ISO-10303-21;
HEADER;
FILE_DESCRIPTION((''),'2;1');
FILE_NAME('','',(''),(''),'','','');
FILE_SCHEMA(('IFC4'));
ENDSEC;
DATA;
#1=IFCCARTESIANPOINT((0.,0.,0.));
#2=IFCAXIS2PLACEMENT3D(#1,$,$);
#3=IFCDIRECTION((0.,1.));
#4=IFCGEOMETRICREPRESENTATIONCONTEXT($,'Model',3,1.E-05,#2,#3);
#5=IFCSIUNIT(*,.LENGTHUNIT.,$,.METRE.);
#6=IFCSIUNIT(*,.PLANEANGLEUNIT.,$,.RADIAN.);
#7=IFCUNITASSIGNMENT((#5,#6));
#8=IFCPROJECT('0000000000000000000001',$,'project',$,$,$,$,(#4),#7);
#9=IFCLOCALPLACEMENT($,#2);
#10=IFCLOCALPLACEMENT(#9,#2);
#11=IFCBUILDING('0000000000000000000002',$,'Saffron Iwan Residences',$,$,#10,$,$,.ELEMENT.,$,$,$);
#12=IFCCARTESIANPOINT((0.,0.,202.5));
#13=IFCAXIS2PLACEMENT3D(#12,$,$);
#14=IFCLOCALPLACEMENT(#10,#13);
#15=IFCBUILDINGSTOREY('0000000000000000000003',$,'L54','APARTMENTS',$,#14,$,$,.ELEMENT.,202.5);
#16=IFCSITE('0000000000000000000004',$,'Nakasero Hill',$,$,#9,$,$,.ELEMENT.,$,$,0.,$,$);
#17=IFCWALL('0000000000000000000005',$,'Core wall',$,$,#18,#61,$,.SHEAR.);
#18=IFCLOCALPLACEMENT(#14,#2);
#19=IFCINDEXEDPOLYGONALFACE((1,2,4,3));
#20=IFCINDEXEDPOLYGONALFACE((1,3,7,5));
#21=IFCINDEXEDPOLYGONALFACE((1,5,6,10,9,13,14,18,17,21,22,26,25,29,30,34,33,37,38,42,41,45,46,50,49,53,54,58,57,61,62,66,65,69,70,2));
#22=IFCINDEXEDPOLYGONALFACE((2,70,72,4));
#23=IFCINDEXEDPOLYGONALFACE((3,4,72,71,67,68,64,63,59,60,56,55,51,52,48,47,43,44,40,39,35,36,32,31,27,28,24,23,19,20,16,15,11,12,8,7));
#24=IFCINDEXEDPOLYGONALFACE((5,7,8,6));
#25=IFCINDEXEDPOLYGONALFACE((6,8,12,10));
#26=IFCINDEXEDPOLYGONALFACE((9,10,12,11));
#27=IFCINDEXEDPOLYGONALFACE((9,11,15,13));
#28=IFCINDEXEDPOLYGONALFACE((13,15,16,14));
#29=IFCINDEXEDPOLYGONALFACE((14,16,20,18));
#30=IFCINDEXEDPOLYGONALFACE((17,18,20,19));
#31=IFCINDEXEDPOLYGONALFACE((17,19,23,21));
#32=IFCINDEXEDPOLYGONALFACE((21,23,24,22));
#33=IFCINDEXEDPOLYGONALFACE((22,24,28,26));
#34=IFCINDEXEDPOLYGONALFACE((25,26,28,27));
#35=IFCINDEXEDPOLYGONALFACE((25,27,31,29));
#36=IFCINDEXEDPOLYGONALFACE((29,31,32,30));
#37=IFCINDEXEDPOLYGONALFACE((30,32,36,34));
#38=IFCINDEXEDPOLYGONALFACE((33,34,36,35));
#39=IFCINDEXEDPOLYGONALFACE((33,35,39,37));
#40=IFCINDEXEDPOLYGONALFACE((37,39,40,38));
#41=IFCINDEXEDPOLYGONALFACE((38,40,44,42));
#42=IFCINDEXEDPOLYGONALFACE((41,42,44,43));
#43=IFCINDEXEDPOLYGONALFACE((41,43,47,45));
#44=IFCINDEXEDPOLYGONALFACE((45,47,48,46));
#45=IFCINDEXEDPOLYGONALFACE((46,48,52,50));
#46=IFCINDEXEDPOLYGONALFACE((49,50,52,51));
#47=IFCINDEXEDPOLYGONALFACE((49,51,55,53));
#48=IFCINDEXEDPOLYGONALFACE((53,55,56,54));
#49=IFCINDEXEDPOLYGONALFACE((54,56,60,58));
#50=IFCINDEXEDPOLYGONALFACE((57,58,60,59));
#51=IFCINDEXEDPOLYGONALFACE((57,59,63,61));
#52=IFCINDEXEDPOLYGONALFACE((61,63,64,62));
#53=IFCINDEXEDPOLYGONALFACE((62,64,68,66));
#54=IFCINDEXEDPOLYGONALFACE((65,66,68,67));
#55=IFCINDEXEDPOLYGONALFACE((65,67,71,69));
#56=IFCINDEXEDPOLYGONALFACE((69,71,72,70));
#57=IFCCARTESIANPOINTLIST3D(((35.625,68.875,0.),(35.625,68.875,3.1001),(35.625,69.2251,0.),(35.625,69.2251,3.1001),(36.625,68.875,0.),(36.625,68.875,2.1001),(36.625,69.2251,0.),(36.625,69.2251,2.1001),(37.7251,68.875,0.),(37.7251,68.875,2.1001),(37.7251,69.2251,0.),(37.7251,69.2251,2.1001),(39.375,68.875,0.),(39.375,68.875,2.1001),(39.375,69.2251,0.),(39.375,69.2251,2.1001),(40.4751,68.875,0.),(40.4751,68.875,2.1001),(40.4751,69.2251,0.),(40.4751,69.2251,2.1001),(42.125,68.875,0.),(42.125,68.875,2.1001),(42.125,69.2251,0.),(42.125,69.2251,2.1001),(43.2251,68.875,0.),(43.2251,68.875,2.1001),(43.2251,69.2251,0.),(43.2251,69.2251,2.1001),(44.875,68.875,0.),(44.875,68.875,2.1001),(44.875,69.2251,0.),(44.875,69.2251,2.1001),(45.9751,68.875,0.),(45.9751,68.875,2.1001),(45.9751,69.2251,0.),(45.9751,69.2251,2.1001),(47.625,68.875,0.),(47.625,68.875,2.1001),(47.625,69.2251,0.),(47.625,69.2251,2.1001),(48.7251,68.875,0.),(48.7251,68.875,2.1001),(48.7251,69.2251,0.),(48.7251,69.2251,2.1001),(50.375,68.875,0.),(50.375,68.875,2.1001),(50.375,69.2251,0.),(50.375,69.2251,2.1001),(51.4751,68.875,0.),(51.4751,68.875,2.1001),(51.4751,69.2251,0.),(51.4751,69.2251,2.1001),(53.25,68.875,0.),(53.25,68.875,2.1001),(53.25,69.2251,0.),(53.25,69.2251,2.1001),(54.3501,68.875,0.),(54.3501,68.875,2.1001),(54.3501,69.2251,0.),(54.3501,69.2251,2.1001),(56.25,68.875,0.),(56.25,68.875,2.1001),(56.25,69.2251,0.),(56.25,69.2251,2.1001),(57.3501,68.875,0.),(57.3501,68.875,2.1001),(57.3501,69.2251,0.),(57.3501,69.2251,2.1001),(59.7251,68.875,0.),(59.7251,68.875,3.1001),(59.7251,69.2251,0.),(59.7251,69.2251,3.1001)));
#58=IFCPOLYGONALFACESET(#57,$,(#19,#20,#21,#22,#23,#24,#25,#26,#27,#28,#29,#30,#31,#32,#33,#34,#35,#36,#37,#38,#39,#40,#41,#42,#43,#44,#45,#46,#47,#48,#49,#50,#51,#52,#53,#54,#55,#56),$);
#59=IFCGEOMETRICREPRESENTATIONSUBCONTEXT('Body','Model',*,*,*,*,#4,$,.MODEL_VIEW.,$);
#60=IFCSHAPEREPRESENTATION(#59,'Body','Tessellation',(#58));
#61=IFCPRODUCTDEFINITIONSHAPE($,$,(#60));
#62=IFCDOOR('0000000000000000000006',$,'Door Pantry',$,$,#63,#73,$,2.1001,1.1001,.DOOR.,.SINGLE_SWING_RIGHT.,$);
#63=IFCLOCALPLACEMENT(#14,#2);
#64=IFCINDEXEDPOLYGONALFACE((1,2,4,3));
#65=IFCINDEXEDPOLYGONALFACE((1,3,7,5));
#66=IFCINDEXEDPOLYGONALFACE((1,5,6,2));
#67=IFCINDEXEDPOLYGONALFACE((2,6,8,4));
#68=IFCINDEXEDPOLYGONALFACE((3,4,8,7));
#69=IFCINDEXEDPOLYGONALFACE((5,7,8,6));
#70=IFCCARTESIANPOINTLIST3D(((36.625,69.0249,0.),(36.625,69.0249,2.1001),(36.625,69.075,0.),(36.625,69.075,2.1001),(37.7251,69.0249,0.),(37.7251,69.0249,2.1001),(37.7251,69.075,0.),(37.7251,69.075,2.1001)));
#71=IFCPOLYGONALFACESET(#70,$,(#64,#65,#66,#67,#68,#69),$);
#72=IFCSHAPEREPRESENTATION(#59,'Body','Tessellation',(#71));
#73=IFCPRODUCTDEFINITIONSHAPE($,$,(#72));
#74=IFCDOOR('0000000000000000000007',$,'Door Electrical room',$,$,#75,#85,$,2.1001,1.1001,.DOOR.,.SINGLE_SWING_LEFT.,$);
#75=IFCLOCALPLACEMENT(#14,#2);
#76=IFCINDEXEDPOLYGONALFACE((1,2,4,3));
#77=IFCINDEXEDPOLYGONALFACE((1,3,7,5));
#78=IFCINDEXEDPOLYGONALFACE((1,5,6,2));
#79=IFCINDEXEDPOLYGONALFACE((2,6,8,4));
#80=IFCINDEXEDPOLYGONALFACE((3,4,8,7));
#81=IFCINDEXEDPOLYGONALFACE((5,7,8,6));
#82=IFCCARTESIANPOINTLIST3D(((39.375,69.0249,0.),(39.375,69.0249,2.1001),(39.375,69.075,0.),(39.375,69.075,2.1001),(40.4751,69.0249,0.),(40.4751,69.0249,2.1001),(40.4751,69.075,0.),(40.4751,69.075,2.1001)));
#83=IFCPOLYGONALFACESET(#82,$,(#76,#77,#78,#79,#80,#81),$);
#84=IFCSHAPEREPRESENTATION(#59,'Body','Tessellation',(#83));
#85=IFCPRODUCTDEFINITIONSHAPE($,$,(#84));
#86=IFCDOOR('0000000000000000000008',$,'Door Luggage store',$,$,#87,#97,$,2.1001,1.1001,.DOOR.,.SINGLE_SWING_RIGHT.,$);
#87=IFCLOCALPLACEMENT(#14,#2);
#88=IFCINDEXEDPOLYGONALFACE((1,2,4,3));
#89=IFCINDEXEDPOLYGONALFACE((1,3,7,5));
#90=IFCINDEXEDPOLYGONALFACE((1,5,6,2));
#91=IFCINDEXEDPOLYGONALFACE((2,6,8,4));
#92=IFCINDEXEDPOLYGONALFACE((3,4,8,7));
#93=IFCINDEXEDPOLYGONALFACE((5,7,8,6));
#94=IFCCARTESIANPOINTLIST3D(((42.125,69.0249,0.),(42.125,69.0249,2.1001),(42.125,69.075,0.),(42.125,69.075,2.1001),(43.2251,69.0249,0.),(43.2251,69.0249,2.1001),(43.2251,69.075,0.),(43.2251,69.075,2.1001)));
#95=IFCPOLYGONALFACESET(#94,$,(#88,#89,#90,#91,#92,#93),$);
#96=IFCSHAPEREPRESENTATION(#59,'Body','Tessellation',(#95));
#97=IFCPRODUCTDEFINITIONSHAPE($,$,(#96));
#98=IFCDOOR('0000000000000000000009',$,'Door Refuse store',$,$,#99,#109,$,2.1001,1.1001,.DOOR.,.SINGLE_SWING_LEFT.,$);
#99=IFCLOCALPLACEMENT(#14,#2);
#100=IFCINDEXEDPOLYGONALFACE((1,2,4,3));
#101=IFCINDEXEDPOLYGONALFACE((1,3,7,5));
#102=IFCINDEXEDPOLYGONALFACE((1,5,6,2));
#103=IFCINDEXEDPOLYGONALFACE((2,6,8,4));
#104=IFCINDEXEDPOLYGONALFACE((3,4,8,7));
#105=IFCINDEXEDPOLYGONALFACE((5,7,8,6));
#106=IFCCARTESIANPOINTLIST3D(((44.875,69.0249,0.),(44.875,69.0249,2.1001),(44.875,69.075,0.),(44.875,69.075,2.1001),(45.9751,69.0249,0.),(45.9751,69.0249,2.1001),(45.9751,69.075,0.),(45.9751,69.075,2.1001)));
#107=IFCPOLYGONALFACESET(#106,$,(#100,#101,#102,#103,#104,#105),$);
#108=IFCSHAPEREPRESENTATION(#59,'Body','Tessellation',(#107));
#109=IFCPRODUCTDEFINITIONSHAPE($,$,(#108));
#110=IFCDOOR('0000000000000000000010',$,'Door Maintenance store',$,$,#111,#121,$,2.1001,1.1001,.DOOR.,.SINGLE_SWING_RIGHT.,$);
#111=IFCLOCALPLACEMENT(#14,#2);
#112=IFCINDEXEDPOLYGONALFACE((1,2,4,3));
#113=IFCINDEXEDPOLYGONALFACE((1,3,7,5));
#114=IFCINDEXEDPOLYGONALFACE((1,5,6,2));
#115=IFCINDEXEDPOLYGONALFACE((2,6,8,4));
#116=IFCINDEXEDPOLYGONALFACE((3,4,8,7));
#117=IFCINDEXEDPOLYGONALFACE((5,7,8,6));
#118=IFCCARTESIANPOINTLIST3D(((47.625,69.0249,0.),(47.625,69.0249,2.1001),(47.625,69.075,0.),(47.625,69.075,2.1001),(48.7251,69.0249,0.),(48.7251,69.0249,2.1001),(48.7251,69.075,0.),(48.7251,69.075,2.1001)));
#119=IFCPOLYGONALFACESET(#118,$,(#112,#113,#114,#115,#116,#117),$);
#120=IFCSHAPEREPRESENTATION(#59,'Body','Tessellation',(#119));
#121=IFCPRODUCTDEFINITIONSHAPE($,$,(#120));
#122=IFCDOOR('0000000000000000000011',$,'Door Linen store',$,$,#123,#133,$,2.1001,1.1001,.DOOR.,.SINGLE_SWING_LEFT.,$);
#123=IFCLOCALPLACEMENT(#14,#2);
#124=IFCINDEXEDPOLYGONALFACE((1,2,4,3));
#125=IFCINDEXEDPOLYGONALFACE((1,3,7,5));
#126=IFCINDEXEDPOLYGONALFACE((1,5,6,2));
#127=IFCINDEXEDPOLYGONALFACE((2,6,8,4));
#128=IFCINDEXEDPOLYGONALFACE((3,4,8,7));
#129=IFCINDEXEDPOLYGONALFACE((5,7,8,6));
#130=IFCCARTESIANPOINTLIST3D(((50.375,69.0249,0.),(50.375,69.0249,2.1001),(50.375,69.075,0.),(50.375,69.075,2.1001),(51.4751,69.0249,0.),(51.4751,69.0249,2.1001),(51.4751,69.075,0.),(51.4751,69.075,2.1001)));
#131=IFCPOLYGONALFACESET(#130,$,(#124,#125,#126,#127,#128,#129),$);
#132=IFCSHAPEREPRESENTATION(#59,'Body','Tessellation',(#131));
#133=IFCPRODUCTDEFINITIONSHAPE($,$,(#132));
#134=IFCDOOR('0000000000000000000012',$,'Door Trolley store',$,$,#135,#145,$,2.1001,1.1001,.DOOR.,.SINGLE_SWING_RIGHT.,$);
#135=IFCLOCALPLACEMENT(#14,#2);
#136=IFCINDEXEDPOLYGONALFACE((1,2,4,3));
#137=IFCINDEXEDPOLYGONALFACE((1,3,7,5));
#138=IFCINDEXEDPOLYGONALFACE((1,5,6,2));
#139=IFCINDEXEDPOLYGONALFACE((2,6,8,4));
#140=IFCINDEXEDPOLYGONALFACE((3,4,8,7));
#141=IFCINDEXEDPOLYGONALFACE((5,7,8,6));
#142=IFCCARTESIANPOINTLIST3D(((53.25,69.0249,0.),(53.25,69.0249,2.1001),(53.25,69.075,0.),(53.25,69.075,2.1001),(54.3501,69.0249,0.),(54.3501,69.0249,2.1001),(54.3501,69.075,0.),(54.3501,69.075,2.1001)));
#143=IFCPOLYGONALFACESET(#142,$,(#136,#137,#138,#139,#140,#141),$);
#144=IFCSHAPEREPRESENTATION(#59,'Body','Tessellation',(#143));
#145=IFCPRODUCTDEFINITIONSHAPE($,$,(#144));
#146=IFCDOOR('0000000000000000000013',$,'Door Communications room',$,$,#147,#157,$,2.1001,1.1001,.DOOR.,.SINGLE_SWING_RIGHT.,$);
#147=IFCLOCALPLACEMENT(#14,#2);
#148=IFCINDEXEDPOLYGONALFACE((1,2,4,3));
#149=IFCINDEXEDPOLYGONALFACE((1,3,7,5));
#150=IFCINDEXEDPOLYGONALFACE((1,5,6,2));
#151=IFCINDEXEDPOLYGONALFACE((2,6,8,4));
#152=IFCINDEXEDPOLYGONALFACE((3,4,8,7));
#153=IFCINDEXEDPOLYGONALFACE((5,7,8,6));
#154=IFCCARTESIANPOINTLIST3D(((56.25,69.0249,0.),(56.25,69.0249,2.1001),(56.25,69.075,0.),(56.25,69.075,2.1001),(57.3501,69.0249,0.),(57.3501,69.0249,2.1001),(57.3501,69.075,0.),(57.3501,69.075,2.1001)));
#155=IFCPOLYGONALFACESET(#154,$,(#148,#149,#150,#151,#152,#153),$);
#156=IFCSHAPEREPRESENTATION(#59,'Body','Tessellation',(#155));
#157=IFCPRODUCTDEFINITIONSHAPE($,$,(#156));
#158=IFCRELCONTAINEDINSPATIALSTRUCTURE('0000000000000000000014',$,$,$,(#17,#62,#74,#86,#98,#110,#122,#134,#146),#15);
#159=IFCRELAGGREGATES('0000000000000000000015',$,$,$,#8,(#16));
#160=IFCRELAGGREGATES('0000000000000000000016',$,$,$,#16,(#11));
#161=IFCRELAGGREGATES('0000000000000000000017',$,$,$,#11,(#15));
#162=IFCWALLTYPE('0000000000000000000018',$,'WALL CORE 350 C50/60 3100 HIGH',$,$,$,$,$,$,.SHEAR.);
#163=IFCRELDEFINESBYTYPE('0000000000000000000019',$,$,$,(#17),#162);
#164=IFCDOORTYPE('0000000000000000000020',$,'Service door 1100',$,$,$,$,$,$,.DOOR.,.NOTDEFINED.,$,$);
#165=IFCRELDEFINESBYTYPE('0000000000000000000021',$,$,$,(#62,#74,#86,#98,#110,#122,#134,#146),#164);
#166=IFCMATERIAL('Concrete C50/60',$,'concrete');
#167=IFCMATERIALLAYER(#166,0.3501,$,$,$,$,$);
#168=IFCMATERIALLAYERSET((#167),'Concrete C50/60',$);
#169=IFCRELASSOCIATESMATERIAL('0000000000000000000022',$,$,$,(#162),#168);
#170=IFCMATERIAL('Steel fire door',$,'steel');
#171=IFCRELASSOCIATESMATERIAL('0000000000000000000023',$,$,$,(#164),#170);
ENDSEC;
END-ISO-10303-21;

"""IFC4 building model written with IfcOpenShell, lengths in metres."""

from ifc_helpers import new_model, si_unit, direction, frame, frame_2d, origin, place, context, subcontext, project, spatial, rectangle, extrude, material, layer, layer_set, type_object, element, fill, save


model = new_model("IFC4")

# Units and contexts
model_context = context("Model", 3, precision=1e-05, world=origin(), true_north=direction((0.0, 1.0)))
body_context = subcontext(model_context, "Body", "Model", "MODEL_VIEW")
ifc_project = project(units=[si_unit("LENGTHUNIT", "METRE"), si_unit("PLANEANGLEUNIT", "RADIAN")], contexts=[model_context])

# Site, building, storey
site_placement = place(None, origin())
site = spatial("IfcSite", under=ifc_project, at=site_placement, Name="Nakasero Hill", CompositionType="ELEMENT", RefElevation=0.0)
building_placement = place(site_placement, origin())
building = spatial("IfcBuilding", under=site, at=building_placement, Name="Saffron Iwan Residences", CompositionType="ELEMENT")
storey_placement = place(building_placement, frame((0.0, 0.0, 202.5)))
storey = spatial("IfcBuildingStorey", under=building, at=storey_placement, Name="L54", Description="APARTMENTS", CompositionType="ELEMENT", Elevation=202.5)

# Shared definitions
ifc_material_1 = material(Name="Concrete C50/60", Category="concrete")

# Shared definitions
ifc_material_2 = material(Name="Steel fire door", Category="steel")

# Wall, openings, doors
ifc_layer_1 = layer(ifc_material_1, 0.3501)
ifc_layer_set_1 = layer_set([ifc_layer_1], Name="Concrete C50/60")
wall_type_1 = type_object("IfcWallType", Name="WALL CORE 350 C50/60 3100 HIGH", PredefinedType="SHEAR", material=ifc_layer_set_1)
wall_1_placement = place(storey_placement, frame((35.625, 69.05, 0.0), z_axis=(0.0, 0.0, 1.0), x_axis=(1.0, 0.0, 0.0)))
wall_1 = element("IfcWall", 1, at=wall_1_placement, inside=storey, type_object=wall_type_1, Name="Core wall", PredefinedType="SHEAR", context=body_context, shape_type="SweptSolid", body=[
    extrude(rectangle(XDim=24.1001, YDim=0.3501, at=frame_2d((12.05, 0.0))), origin(), (0.0, 0.0, 1.0), 3.1001),
])
opening_1_placement = place(wall_1_placement, frame((1.0, 0.0, 0.0)))
opening_1 = element("IfcOpeningElement", 2, at=opening_1_placement, cuts=wall_1, PredefinedType="OPENING", context=body_context, shape_type="SweptSolid", body=[
    extrude(rectangle(XDim=1.1001, YDim=2.1001, at=frame_2d((0.55, 1.05))), frame((0.0, 0.1851, 0.0), z_axis=(0.0, -1.0, 0.0), x_axis=(1.0, 0.0, 0.0)), (0.0, 0.0, 1.0), 0.3701),
])
opening_2_placement = place(wall_1_placement, frame((3.75, 0.0, 0.0)))
opening_2 = element("IfcOpeningElement", 3, at=opening_2_placement, cuts=wall_1, PredefinedType="OPENING", context=body_context, shape_type="SweptSolid", body=[
    extrude(rectangle(XDim=1.1001, YDim=2.1001, at=frame_2d((0.55, 1.05))), frame((0.0, 0.1851, 0.0), z_axis=(0.0, -1.0, 0.0), x_axis=(1.0, 0.0, 0.0)), (0.0, 0.0, 1.0), 0.3701),
])
opening_3_placement = place(wall_1_placement, frame((6.5, 0.0, 0.0)))
opening_3 = element("IfcOpeningElement", 4, at=opening_3_placement, cuts=wall_1, PredefinedType="OPENING", context=body_context, shape_type="SweptSolid", body=[
    extrude(rectangle(XDim=1.1001, YDim=2.1001, at=frame_2d((0.55, 1.05))), frame((0.0, 0.1851, 0.0), z_axis=(0.0, -1.0, 0.0), x_axis=(1.0, 0.0, 0.0)), (0.0, 0.0, 1.0), 0.3701),
])
opening_4_placement = place(wall_1_placement, frame((9.25, 0.0, 0.0)))
opening_4 = element("IfcOpeningElement", 5, at=opening_4_placement, cuts=wall_1, PredefinedType="OPENING", context=body_context, shape_type="SweptSolid", body=[
    extrude(rectangle(XDim=1.1001, YDim=2.1001, at=frame_2d((0.55, 1.05))), frame((0.0, 0.1851, 0.0), z_axis=(0.0, -1.0, 0.0), x_axis=(1.0, 0.0, 0.0)), (0.0, 0.0, 1.0), 0.3701),
])
opening_5_placement = place(wall_1_placement, frame((12.0, 0.0, 0.0)))
opening_5 = element("IfcOpeningElement", 6, at=opening_5_placement, cuts=wall_1, PredefinedType="OPENING", context=body_context, shape_type="SweptSolid", body=[
    extrude(rectangle(XDim=1.1001, YDim=2.1001, at=frame_2d((0.55, 1.05))), frame((0.0, 0.1851, 0.0), z_axis=(0.0, -1.0, 0.0), x_axis=(1.0, 0.0, 0.0)), (0.0, 0.0, 1.0), 0.3701),
])
opening_6_placement = place(wall_1_placement, frame((14.75, 0.0, 0.0)))
opening_6 = element("IfcOpeningElement", 7, at=opening_6_placement, cuts=wall_1, PredefinedType="OPENING", context=body_context, shape_type="SweptSolid", body=[
    extrude(rectangle(XDim=1.1001, YDim=2.1001, at=frame_2d((0.55, 1.05))), frame((0.0, 0.1851, 0.0), z_axis=(0.0, -1.0, 0.0), x_axis=(1.0, 0.0, 0.0)), (0.0, 0.0, 1.0), 0.3701),
])
opening_7_placement = place(wall_1_placement, frame((17.625, 0.0, 0.0)))
opening_7 = element("IfcOpeningElement", 8, at=opening_7_placement, cuts=wall_1, PredefinedType="OPENING", context=body_context, shape_type="SweptSolid", body=[
    extrude(rectangle(XDim=1.1001, YDim=2.1001, at=frame_2d((0.55, 1.05))), frame((0.0, 0.1851, 0.0), z_axis=(0.0, -1.0, 0.0), x_axis=(1.0, 0.0, 0.0)), (0.0, 0.0, 1.0), 0.3701),
])
opening_8_placement = place(wall_1_placement, frame((20.625, 0.0, 0.0)))
opening_8 = element("IfcOpeningElement", 9, at=opening_8_placement, cuts=wall_1, PredefinedType="OPENING", context=body_context, shape_type="SweptSolid", body=[
    extrude(rectangle(XDim=1.1001, YDim=2.1001, at=frame_2d((0.55, 1.05))), frame((0.0, 0.1851, 0.0), z_axis=(0.0, -1.0, 0.0), x_axis=(1.0, 0.0, 0.0)), (0.0, 0.0, 1.0), 0.3701),
])
door_type_1 = type_object("IfcDoorType", Name="Service door 1100", OperationType="NOTDEFINED", PredefinedType="DOOR", material=ifc_material_2)
door_1_placement = place(opening_1_placement, origin())
door_1 = element("IfcDoor", 10, at=door_1_placement, inside=storey, type_object=door_type_1, Name="Door Pantry", OperationType="SINGLE_SWING_RIGHT", OverallHeight=2.1001, OverallWidth=1.1001, PredefinedType="DOOR", context=body_context, shape_type="SweptSolid", body=[
    extrude(rectangle(XDim=1.1001, YDim=2.1001, at=frame_2d((0.55, 1.05))), frame((0.0, 0.0249, 0.0), z_axis=(0.0, -1.0, 0.0), x_axis=(1.0, 0.0, 0.0)), (0.0, 0.0, 1.0), 0.05),
])
fill(opening_1, door_1)
door_2_placement = place(opening_2_placement, origin())
door_2 = element("IfcDoor", 11, at=door_2_placement, inside=storey, type_object=door_type_1, Name="Door Electrical room", OperationType="SINGLE_SWING_LEFT", OverallHeight=2.1001, OverallWidth=1.1001, PredefinedType="DOOR", context=body_context, shape_type="SweptSolid", body=[
    extrude(rectangle(XDim=1.1001, YDim=2.1001, at=frame_2d((0.55, 1.05))), frame((0.0, 0.0249, 0.0), z_axis=(0.0, -1.0, 0.0), x_axis=(1.0, 0.0, 0.0)), (0.0, 0.0, 1.0), 0.05),
])
fill(opening_2, door_2)
door_3_placement = place(opening_3_placement, origin())
door_3 = element("IfcDoor", 12, at=door_3_placement, inside=storey, type_object=door_type_1, Name="Door Luggage store", OperationType="SINGLE_SWING_RIGHT", OverallHeight=2.1001, OverallWidth=1.1001, PredefinedType="DOOR", context=body_context, shape_type="SweptSolid", body=[
    extrude(rectangle(XDim=1.1001, YDim=2.1001, at=frame_2d((0.55, 1.05))), frame((0.0, 0.0249, 0.0), z_axis=(0.0, -1.0, 0.0), x_axis=(1.0, 0.0, 0.0)), (0.0, 0.0, 1.0), 0.05),
])
fill(opening_3, door_3)
door_4_placement = place(opening_4_placement, origin())
door_4 = element("IfcDoor", 13, at=door_4_placement, inside=storey, type_object=door_type_1, Name="Door Refuse store", OperationType="SINGLE_SWING_LEFT", OverallHeight=2.1001, OverallWidth=1.1001, PredefinedType="DOOR", context=body_context, shape_type="SweptSolid", body=[
    extrude(rectangle(XDim=1.1001, YDim=2.1001, at=frame_2d((0.55, 1.05))), frame((0.0, 0.0249, 0.0), z_axis=(0.0, -1.0, 0.0), x_axis=(1.0, 0.0, 0.0)), (0.0, 0.0, 1.0), 0.05),
])
fill(opening_4, door_4)
door_5_placement = place(opening_5_placement, origin())
door_5 = element("IfcDoor", 14, at=door_5_placement, inside=storey, type_object=door_type_1, Name="Door Maintenance store", OperationType="SINGLE_SWING_RIGHT", OverallHeight=2.1001, OverallWidth=1.1001, PredefinedType="DOOR", context=body_context, shape_type="SweptSolid", body=[
    extrude(rectangle(XDim=1.1001, YDim=2.1001, at=frame_2d((0.55, 1.05))), frame((0.0, 0.0249, 0.0), z_axis=(0.0, -1.0, 0.0), x_axis=(1.0, 0.0, 0.0)), (0.0, 0.0, 1.0), 0.05),
])
fill(opening_5, door_5)
door_6_placement = place(opening_6_placement, origin())
door_6 = element("IfcDoor", 15, at=door_6_placement, inside=storey, type_object=door_type_1, Name="Door Linen store", OperationType="SINGLE_SWING_LEFT", OverallHeight=2.1001, OverallWidth=1.1001, PredefinedType="DOOR", context=body_context, shape_type="SweptSolid", body=[
    extrude(rectangle(XDim=1.1001, YDim=2.1001, at=frame_2d((0.55, 1.05))), frame((0.0, 0.0249, 0.0), z_axis=(0.0, -1.0, 0.0), x_axis=(1.0, 0.0, 0.0)), (0.0, 0.0, 1.0), 0.05),
])
fill(opening_6, door_6)
door_7_placement = place(opening_7_placement, origin())
door_7 = element("IfcDoor", 16, at=door_7_placement, inside=storey, type_object=door_type_1, Name="Door Trolley store", OperationType="SINGLE_SWING_RIGHT", OverallHeight=2.1001, OverallWidth=1.1001, PredefinedType="DOOR", context=body_context, shape_type="SweptSolid", body=[
    extrude(rectangle(XDim=1.1001, YDim=2.1001, at=frame_2d((0.55, 1.05))), frame((0.0, 0.0249, 0.0), z_axis=(0.0, -1.0, 0.0), x_axis=(1.0, 0.0, 0.0)), (0.0, 0.0, 1.0), 0.05),
])
fill(opening_7, door_7)
door_8_placement = place(opening_8_placement, origin())
door_8 = element("IfcDoor", 17, at=door_8_placement, inside=storey, type_object=door_type_1, Name="Door Communications room", OperationType="SINGLE_SWING_RIGHT", OverallHeight=2.1001, OverallWidth=1.1001, PredefinedType="DOOR", context=body_context, shape_type="SweptSolid", body=[
    extrude(rectangle(XDim=1.1001, YDim=2.1001, at=frame_2d((0.55, 1.05))), frame((0.0, 0.0249, 0.0), z_axis=(0.0, -1.0, 0.0), x_axis=(1.0, 0.0, 0.0)), (0.0, 0.0, 1.0), 0.05),
])
fill(opening_8, door_8)

save(model, "model.ifc")
